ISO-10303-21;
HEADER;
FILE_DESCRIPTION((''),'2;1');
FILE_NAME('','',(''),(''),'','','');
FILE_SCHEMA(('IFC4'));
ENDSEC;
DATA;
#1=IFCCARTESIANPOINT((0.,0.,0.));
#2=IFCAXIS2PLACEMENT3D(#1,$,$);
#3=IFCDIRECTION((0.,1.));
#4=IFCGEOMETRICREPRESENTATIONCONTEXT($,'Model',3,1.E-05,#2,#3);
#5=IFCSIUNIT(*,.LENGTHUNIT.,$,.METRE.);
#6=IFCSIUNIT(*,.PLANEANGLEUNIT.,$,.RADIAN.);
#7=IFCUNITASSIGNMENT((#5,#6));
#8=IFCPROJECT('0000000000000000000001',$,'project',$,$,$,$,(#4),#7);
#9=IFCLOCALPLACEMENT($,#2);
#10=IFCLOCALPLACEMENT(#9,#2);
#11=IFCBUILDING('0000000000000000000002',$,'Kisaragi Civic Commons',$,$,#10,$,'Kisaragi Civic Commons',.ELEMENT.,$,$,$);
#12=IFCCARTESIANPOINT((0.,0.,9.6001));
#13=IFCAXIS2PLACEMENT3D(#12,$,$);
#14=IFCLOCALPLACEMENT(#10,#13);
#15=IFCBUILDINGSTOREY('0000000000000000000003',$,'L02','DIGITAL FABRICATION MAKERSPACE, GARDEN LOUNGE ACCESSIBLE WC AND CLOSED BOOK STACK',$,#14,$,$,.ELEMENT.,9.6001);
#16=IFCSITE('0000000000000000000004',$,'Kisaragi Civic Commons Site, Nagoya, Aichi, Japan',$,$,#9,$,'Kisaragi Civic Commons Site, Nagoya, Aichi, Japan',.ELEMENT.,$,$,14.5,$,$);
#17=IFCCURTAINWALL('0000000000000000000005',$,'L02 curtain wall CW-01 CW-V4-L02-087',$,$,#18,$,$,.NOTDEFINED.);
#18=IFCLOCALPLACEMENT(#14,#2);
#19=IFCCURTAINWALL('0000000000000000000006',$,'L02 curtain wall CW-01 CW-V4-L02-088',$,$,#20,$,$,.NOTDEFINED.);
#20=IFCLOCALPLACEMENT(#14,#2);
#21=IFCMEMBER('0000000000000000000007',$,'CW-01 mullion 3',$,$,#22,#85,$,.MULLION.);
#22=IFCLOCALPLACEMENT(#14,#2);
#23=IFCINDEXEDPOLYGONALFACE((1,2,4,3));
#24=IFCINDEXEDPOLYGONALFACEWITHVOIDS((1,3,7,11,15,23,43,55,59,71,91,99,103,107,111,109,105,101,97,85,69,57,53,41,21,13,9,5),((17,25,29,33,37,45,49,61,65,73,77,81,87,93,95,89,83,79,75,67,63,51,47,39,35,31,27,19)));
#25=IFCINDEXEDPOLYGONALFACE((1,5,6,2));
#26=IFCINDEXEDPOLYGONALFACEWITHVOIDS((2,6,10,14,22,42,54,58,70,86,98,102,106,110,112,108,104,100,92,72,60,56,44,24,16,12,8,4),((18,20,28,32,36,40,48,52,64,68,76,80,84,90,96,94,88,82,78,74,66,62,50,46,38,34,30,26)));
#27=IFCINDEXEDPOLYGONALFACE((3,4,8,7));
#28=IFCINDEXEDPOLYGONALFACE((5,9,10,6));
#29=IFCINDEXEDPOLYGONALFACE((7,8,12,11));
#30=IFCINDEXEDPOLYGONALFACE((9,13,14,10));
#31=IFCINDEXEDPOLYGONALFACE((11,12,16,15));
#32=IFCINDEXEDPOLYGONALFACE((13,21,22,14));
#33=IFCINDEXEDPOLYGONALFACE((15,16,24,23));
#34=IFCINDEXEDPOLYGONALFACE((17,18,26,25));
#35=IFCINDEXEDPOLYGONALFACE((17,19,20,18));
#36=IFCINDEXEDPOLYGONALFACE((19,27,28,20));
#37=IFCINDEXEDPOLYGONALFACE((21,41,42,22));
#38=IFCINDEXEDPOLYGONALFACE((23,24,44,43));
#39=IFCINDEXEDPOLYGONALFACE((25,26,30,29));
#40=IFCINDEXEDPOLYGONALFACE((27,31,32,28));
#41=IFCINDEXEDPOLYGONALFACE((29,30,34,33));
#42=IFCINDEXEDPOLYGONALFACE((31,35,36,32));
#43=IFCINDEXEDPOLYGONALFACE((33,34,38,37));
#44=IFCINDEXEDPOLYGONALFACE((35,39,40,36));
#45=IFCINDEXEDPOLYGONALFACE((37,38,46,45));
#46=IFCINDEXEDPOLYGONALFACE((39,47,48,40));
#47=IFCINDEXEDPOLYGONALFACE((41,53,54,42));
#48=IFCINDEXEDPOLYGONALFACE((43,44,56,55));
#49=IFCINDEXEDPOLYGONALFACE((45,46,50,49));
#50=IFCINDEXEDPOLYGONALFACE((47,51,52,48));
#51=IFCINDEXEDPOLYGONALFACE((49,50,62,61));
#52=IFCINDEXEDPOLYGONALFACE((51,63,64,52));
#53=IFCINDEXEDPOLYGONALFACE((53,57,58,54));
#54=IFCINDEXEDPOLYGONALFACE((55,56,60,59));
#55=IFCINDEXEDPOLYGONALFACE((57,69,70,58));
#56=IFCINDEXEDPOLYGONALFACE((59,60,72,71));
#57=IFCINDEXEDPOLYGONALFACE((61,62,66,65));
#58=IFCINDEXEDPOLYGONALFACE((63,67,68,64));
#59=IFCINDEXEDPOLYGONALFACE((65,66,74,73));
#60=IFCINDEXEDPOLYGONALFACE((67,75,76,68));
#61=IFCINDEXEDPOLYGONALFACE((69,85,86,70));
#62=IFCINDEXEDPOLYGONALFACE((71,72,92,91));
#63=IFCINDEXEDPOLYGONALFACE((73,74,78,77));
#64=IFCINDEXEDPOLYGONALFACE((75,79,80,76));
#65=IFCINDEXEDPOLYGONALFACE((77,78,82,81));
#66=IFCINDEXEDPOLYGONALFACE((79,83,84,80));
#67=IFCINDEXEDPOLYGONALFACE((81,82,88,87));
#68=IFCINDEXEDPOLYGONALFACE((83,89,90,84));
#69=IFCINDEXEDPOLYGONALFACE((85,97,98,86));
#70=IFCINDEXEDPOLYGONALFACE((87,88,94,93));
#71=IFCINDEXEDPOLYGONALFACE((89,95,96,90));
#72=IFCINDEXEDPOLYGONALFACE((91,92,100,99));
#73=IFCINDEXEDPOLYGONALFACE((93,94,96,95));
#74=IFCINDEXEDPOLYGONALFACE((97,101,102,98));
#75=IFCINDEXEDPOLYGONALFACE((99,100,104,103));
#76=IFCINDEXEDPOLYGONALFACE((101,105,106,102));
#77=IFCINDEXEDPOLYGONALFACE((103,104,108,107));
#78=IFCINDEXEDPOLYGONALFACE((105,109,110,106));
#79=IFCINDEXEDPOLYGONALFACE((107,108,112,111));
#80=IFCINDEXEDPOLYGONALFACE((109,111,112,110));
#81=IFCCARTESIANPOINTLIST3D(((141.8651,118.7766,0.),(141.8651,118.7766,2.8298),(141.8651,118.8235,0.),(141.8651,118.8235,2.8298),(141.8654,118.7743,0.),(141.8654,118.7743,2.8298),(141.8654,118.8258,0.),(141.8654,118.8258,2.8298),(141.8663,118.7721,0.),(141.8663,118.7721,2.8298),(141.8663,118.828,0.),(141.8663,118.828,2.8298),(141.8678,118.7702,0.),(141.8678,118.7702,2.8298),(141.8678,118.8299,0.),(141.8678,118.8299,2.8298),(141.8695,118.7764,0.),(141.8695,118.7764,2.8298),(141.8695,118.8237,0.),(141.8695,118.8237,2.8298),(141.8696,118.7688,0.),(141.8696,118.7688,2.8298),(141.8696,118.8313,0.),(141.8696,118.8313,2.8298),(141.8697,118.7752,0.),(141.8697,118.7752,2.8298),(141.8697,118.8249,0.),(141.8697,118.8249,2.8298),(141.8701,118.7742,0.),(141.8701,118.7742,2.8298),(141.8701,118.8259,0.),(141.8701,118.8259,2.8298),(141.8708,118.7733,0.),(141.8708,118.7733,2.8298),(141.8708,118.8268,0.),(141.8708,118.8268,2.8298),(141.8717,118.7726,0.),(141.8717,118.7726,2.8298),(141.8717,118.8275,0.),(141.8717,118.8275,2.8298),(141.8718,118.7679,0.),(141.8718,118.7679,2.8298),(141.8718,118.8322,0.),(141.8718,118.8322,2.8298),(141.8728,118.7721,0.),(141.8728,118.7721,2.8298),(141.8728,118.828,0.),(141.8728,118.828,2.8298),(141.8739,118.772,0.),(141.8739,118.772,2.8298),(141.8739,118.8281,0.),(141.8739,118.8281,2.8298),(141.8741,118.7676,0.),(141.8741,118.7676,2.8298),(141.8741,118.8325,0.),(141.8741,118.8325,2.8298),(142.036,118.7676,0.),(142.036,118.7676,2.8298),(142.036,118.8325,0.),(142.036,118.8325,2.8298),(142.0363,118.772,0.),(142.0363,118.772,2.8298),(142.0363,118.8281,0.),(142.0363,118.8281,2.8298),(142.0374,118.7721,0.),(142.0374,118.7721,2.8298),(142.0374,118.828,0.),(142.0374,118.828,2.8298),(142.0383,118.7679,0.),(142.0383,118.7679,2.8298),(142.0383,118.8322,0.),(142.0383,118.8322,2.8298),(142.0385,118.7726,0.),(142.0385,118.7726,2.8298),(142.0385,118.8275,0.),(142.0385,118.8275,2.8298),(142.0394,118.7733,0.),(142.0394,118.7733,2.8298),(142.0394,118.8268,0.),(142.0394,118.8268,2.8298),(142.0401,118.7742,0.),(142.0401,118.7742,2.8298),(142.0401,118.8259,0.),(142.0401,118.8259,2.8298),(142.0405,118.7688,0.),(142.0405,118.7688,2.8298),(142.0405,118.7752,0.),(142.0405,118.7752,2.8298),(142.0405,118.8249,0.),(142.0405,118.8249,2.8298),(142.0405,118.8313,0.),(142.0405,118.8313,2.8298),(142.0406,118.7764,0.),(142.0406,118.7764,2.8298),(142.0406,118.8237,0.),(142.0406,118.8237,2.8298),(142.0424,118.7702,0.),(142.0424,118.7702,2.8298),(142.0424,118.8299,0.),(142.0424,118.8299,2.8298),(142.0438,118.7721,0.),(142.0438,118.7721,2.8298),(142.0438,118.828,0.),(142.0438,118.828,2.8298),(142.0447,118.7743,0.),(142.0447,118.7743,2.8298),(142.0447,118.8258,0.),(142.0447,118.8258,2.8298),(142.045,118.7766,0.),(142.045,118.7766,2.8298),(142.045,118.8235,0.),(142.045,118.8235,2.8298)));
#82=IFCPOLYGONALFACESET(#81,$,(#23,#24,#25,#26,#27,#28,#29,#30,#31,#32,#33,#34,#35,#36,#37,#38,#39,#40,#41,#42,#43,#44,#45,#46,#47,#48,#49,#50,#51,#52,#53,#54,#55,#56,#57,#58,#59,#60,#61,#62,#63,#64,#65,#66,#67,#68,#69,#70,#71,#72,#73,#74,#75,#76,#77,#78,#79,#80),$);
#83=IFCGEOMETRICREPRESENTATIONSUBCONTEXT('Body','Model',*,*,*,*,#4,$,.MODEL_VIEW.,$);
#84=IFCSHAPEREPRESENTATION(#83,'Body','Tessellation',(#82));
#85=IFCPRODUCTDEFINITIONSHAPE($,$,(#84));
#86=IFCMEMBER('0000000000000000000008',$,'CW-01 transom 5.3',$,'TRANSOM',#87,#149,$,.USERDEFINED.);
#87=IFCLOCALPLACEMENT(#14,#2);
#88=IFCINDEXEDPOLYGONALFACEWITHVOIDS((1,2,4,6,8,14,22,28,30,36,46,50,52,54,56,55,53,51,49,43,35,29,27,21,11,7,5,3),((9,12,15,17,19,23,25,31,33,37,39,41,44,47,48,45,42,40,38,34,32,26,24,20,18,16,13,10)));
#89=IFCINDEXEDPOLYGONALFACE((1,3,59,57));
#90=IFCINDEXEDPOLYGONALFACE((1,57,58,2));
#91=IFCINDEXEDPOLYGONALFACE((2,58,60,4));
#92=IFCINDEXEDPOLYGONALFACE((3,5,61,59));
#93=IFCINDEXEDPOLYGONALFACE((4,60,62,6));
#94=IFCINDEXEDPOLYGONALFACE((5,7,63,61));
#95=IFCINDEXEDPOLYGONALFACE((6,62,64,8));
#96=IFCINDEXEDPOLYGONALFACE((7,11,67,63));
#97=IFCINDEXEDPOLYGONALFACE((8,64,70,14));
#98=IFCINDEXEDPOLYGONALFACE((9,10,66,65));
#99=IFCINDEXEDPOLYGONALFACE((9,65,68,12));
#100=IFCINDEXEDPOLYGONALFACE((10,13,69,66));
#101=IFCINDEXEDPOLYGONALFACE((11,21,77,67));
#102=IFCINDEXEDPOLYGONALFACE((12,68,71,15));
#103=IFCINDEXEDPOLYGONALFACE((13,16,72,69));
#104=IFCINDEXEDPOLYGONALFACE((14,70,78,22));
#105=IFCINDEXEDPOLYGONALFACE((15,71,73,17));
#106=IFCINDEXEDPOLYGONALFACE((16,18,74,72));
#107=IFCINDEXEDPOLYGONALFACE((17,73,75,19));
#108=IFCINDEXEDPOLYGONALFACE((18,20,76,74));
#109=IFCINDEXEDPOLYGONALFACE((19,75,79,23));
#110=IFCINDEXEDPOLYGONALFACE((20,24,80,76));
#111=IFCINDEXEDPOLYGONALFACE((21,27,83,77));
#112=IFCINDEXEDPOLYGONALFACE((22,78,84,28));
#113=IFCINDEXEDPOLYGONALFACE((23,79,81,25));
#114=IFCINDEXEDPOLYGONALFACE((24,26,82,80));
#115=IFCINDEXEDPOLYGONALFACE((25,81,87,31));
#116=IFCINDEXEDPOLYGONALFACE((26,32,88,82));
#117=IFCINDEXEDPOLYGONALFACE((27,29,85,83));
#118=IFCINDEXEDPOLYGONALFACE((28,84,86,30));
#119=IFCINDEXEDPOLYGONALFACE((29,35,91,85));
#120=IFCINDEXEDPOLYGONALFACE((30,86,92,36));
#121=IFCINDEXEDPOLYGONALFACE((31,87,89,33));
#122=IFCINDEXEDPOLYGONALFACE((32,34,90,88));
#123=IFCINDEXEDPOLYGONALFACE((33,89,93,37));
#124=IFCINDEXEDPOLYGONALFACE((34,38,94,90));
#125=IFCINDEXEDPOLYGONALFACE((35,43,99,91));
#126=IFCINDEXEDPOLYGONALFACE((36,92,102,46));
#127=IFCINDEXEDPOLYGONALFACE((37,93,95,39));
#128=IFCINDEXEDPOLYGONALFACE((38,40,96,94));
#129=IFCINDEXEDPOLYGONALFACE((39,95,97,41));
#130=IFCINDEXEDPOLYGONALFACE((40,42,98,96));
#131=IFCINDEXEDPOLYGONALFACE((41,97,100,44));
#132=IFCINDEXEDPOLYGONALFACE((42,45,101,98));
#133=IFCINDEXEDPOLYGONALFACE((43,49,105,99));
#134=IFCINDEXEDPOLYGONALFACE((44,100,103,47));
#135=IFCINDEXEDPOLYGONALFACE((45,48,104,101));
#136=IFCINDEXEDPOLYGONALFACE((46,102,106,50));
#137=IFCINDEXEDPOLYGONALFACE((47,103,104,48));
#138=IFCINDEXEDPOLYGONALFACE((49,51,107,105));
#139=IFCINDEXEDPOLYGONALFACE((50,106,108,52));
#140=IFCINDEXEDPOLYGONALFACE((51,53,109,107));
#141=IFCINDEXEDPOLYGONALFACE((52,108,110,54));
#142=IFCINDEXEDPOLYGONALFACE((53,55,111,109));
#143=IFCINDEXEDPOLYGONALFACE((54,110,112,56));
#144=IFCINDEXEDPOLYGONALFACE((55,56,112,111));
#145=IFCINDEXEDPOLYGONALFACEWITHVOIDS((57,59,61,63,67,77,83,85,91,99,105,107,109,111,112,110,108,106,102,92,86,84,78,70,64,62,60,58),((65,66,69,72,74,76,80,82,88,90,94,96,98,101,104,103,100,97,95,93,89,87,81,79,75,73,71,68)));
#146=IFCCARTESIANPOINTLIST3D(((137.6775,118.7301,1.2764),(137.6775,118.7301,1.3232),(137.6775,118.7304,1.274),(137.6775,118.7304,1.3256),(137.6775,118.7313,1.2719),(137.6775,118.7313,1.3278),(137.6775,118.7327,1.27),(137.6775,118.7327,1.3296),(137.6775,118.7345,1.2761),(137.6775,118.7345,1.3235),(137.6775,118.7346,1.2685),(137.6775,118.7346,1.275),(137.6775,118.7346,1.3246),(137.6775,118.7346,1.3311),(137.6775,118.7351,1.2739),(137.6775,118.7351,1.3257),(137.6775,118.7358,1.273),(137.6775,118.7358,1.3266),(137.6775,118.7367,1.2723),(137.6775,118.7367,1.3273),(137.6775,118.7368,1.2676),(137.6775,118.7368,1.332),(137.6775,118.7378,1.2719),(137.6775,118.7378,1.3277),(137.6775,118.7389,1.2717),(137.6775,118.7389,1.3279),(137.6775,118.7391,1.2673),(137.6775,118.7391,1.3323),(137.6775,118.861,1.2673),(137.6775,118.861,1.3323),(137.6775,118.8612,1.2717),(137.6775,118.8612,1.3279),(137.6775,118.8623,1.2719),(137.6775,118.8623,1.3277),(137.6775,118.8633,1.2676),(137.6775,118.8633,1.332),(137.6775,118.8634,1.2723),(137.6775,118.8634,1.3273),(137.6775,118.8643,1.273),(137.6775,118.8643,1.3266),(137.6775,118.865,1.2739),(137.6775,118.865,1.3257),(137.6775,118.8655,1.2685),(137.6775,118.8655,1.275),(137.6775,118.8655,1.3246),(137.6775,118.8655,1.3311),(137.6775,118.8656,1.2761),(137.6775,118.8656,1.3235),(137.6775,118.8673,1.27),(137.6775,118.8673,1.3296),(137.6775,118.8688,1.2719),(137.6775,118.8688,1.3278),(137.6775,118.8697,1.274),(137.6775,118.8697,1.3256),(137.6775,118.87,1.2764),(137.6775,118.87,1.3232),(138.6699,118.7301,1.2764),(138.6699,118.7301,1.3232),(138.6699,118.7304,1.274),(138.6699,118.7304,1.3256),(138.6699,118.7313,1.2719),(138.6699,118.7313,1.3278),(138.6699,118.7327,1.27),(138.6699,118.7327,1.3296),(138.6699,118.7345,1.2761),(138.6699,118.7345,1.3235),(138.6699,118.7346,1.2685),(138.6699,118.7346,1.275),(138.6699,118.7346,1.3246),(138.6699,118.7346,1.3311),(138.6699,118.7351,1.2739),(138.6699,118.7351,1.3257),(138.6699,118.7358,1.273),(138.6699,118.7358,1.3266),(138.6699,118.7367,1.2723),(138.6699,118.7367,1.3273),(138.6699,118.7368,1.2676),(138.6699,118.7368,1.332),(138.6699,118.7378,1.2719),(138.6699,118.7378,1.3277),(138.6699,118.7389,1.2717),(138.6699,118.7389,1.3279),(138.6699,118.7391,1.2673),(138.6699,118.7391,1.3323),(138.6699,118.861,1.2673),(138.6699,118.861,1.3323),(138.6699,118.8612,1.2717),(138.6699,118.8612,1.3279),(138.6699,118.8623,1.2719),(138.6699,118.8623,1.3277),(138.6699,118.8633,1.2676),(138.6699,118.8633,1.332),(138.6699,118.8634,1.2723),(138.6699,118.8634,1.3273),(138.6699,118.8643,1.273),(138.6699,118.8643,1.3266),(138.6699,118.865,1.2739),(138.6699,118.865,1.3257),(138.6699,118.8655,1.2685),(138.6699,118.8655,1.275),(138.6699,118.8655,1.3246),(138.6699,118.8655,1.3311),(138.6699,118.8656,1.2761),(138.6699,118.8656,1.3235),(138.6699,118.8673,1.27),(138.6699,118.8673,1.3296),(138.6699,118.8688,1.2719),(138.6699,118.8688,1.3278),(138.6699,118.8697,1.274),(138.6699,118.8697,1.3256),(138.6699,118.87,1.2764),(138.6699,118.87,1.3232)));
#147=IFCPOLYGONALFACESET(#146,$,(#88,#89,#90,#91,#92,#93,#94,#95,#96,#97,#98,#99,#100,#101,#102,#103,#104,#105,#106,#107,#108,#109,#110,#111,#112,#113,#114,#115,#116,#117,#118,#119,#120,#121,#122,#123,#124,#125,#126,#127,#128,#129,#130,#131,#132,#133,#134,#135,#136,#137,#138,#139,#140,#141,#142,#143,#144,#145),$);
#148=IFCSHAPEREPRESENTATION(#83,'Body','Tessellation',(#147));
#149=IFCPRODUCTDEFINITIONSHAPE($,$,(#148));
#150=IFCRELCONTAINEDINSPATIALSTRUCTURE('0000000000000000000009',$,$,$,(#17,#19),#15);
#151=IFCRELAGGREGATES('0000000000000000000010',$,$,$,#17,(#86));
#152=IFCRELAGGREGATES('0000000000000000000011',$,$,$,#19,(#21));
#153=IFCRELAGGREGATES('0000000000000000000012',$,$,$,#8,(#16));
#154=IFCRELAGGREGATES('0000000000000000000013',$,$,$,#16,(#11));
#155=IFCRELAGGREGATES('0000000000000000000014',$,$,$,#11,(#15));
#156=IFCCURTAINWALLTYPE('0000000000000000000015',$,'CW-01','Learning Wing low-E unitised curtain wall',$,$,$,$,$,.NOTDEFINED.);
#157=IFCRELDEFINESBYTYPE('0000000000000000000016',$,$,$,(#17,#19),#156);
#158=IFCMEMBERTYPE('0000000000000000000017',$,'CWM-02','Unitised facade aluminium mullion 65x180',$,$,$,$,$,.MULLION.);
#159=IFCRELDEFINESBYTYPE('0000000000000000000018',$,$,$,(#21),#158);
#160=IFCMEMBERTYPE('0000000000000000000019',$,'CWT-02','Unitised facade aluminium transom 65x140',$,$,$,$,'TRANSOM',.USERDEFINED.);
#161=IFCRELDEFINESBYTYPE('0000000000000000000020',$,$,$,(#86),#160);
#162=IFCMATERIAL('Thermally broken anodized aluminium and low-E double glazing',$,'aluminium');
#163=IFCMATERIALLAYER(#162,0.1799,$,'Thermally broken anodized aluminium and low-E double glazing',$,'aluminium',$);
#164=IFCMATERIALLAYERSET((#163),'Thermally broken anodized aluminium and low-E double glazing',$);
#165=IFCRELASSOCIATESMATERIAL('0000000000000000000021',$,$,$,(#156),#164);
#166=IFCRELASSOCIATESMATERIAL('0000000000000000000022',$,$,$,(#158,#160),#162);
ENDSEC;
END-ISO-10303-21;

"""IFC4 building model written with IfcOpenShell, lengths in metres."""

from ifc_helpers import new_model, si_unit, direction, frame, origin, origin_2d, place, context, subcontext, project, spatial, hollow_rectangle, extrude, material, layer, layer_set, material_profile, profile_set, type_object, element, aggregate, save


model = new_model("IFC4")

# Units and contexts
model_context = context("Model", 3, precision=1e-05, world=origin(), true_north=direction((0.0, 1.0)))
body_context = subcontext(model_context, "Body", "Model", "MODEL_VIEW")
ifc_project = project(units=[si_unit("LENGTHUNIT", "METRE"), si_unit("PLANEANGLEUNIT", "RADIAN")], contexts=[model_context])

# Site, building, storey
site_placement = place(None, origin())
site = spatial("IfcSite", under=ifc_project, at=site_placement, Name="Kisaragi Civic Commons Site, Nagoya, Aichi, Japan", LongName="Kisaragi Civic Commons Site, Nagoya, Aichi, Japan", CompositionType="ELEMENT", RefElevation=14.5)
building_placement = place(site_placement, origin())
building = spatial("IfcBuilding", under=site, at=building_placement, Name="Kisaragi Civic Commons", LongName="Kisaragi Civic Commons", CompositionType="ELEMENT")
storey_placement = place(building_placement, frame((0.0, 0.0, 9.6001)))
storey = spatial("IfcBuildingStorey", under=building, at=storey_placement, Name="L02", Description="DIGITAL FABRICATION MAKERSPACE, GARDEN LOUNGE ACCESSIBLE WC AND CLOSED BOOK STACK", CompositionType="ELEMENT", Elevation=9.6001)

# Curtain walls, member
ifc_material = material(Name="Thermally broken anodized aluminium and low-E double glazing", Category="aluminium")
ifc_layer_1 = layer(ifc_material, 0.1799, Name="Thermally broken anodized aluminium and low-E double glazing", Category="aluminium")
ifc_layer_set_1 = layer_set([ifc_layer_1], Name="Thermally broken anodized aluminium and low-E double glazing")
curtain_wall_type = type_object("IfcCurtainWallType", Name="CW-01", Description="Learning Wing low-E unitised curtain wall", PredefinedType="NOTDEFINED", material=ifc_layer_set_1)
curtain_wall_1_placement = place(storey_placement, origin())
curtain_wall_1 = element("IfcCurtainWall", 1, at=curtain_wall_1_placement, inside=storey, type_object=curtain_wall_type, Name="L02 curtain wall CW-01 CW-V4-L02-087", PredefinedType="NOTDEFINED")
ifc_material_profile_1 = material_profile(ifc_material, hollow_rectangle(XDim=0.0649, YDim=0.1799, WallThickness=0.0044, InnerFilletRadius=0.0044, OuterFilletRadius=0.009, at=origin_2d()), Name="CWM-65x180x4.5", Category="aluminium")
ifc_profile_set_1 = profile_set([ifc_material_profile_1], Name="Thermally broken anodized aluminium and low-E double glazing")
member_type_1 = type_object("IfcMemberType", Name="CWM-02", Description="Unitised facade aluminium mullion 65x180", PredefinedType="MULLION", material=ifc_profile_set_1)
curtain_wall_2_placement = place(storey_placement, origin())
curtain_wall_2 = element("IfcCurtainWall", 2, at=curtain_wall_2_placement, inside=storey, type_object=curtain_wall_type, Name="L02 curtain wall CW-01 CW-V4-L02-088", PredefinedType="NOTDEFINED")
member_1_placement = place(storey_placement, frame((141.9551, 118.8, 0.0), z_axis=(0.0, 0.0, 1.0), x_axis=(0.0, 1.0, 0.0)))
member_1 = element("IfcMember", 3, at=member_1_placement, type_object=member_type_1, Name="CW-01 mullion 3", PredefinedType="MULLION", context=body_context, shape_type="SweptSolid", body=[
    extrude(hollow_rectangle(XDim=0.0649, YDim=0.1799, WallThickness=0.0044, InnerFilletRadius=0.0044, OuterFilletRadius=0.009, at=origin_2d()), origin(), (0.0, 0.0, 1.0), 2.8298),
])

# Member
ifc_material_profile_2 = material_profile(ifc_material, hollow_rectangle(XDim=0.1399, YDim=0.0649, WallThickness=0.0044, InnerFilletRadius=0.0044, OuterFilletRadius=0.009, at=origin_2d()), Name="CWT-65x140x4.5", Category="aluminium")
ifc_profile_set_2 = profile_set([ifc_material_profile_2], Name="Thermally broken anodized aluminium and low-E double glazing")
member_type_2 = type_object("IfcMemberType", Name="CWT-02", Description="Unitised facade aluminium transom 65x140", ElementType="TRANSOM", PredefinedType="USERDEFINED", material=ifc_profile_set_2)
member_2_placement = place(storey_placement, frame((137.6775, 118.8, 1.2998), z_axis=(1.0, 0.0, 0.0), x_axis=(0.0, 1.0, 0.0)))
member_2 = element("IfcMember", 4, at=member_2_placement, type_object=member_type_2, Name="CW-01 transom 5.3", ObjectType="TRANSOM", PredefinedType="USERDEFINED", context=body_context, shape_type="SweptSolid", body=[
    extrude(hollow_rectangle(XDim=0.1399, YDim=0.0649, WallThickness=0.0044, InnerFilletRadius=0.0044, OuterFilletRadius=0.009, at=origin_2d()), origin(), (0.0, 0.0, 1.0), 0.9924),
])

aggregate(curtain_wall_1, [member_2])
aggregate(curtain_wall_2, [member_1])

save(model, "model.ifc")
